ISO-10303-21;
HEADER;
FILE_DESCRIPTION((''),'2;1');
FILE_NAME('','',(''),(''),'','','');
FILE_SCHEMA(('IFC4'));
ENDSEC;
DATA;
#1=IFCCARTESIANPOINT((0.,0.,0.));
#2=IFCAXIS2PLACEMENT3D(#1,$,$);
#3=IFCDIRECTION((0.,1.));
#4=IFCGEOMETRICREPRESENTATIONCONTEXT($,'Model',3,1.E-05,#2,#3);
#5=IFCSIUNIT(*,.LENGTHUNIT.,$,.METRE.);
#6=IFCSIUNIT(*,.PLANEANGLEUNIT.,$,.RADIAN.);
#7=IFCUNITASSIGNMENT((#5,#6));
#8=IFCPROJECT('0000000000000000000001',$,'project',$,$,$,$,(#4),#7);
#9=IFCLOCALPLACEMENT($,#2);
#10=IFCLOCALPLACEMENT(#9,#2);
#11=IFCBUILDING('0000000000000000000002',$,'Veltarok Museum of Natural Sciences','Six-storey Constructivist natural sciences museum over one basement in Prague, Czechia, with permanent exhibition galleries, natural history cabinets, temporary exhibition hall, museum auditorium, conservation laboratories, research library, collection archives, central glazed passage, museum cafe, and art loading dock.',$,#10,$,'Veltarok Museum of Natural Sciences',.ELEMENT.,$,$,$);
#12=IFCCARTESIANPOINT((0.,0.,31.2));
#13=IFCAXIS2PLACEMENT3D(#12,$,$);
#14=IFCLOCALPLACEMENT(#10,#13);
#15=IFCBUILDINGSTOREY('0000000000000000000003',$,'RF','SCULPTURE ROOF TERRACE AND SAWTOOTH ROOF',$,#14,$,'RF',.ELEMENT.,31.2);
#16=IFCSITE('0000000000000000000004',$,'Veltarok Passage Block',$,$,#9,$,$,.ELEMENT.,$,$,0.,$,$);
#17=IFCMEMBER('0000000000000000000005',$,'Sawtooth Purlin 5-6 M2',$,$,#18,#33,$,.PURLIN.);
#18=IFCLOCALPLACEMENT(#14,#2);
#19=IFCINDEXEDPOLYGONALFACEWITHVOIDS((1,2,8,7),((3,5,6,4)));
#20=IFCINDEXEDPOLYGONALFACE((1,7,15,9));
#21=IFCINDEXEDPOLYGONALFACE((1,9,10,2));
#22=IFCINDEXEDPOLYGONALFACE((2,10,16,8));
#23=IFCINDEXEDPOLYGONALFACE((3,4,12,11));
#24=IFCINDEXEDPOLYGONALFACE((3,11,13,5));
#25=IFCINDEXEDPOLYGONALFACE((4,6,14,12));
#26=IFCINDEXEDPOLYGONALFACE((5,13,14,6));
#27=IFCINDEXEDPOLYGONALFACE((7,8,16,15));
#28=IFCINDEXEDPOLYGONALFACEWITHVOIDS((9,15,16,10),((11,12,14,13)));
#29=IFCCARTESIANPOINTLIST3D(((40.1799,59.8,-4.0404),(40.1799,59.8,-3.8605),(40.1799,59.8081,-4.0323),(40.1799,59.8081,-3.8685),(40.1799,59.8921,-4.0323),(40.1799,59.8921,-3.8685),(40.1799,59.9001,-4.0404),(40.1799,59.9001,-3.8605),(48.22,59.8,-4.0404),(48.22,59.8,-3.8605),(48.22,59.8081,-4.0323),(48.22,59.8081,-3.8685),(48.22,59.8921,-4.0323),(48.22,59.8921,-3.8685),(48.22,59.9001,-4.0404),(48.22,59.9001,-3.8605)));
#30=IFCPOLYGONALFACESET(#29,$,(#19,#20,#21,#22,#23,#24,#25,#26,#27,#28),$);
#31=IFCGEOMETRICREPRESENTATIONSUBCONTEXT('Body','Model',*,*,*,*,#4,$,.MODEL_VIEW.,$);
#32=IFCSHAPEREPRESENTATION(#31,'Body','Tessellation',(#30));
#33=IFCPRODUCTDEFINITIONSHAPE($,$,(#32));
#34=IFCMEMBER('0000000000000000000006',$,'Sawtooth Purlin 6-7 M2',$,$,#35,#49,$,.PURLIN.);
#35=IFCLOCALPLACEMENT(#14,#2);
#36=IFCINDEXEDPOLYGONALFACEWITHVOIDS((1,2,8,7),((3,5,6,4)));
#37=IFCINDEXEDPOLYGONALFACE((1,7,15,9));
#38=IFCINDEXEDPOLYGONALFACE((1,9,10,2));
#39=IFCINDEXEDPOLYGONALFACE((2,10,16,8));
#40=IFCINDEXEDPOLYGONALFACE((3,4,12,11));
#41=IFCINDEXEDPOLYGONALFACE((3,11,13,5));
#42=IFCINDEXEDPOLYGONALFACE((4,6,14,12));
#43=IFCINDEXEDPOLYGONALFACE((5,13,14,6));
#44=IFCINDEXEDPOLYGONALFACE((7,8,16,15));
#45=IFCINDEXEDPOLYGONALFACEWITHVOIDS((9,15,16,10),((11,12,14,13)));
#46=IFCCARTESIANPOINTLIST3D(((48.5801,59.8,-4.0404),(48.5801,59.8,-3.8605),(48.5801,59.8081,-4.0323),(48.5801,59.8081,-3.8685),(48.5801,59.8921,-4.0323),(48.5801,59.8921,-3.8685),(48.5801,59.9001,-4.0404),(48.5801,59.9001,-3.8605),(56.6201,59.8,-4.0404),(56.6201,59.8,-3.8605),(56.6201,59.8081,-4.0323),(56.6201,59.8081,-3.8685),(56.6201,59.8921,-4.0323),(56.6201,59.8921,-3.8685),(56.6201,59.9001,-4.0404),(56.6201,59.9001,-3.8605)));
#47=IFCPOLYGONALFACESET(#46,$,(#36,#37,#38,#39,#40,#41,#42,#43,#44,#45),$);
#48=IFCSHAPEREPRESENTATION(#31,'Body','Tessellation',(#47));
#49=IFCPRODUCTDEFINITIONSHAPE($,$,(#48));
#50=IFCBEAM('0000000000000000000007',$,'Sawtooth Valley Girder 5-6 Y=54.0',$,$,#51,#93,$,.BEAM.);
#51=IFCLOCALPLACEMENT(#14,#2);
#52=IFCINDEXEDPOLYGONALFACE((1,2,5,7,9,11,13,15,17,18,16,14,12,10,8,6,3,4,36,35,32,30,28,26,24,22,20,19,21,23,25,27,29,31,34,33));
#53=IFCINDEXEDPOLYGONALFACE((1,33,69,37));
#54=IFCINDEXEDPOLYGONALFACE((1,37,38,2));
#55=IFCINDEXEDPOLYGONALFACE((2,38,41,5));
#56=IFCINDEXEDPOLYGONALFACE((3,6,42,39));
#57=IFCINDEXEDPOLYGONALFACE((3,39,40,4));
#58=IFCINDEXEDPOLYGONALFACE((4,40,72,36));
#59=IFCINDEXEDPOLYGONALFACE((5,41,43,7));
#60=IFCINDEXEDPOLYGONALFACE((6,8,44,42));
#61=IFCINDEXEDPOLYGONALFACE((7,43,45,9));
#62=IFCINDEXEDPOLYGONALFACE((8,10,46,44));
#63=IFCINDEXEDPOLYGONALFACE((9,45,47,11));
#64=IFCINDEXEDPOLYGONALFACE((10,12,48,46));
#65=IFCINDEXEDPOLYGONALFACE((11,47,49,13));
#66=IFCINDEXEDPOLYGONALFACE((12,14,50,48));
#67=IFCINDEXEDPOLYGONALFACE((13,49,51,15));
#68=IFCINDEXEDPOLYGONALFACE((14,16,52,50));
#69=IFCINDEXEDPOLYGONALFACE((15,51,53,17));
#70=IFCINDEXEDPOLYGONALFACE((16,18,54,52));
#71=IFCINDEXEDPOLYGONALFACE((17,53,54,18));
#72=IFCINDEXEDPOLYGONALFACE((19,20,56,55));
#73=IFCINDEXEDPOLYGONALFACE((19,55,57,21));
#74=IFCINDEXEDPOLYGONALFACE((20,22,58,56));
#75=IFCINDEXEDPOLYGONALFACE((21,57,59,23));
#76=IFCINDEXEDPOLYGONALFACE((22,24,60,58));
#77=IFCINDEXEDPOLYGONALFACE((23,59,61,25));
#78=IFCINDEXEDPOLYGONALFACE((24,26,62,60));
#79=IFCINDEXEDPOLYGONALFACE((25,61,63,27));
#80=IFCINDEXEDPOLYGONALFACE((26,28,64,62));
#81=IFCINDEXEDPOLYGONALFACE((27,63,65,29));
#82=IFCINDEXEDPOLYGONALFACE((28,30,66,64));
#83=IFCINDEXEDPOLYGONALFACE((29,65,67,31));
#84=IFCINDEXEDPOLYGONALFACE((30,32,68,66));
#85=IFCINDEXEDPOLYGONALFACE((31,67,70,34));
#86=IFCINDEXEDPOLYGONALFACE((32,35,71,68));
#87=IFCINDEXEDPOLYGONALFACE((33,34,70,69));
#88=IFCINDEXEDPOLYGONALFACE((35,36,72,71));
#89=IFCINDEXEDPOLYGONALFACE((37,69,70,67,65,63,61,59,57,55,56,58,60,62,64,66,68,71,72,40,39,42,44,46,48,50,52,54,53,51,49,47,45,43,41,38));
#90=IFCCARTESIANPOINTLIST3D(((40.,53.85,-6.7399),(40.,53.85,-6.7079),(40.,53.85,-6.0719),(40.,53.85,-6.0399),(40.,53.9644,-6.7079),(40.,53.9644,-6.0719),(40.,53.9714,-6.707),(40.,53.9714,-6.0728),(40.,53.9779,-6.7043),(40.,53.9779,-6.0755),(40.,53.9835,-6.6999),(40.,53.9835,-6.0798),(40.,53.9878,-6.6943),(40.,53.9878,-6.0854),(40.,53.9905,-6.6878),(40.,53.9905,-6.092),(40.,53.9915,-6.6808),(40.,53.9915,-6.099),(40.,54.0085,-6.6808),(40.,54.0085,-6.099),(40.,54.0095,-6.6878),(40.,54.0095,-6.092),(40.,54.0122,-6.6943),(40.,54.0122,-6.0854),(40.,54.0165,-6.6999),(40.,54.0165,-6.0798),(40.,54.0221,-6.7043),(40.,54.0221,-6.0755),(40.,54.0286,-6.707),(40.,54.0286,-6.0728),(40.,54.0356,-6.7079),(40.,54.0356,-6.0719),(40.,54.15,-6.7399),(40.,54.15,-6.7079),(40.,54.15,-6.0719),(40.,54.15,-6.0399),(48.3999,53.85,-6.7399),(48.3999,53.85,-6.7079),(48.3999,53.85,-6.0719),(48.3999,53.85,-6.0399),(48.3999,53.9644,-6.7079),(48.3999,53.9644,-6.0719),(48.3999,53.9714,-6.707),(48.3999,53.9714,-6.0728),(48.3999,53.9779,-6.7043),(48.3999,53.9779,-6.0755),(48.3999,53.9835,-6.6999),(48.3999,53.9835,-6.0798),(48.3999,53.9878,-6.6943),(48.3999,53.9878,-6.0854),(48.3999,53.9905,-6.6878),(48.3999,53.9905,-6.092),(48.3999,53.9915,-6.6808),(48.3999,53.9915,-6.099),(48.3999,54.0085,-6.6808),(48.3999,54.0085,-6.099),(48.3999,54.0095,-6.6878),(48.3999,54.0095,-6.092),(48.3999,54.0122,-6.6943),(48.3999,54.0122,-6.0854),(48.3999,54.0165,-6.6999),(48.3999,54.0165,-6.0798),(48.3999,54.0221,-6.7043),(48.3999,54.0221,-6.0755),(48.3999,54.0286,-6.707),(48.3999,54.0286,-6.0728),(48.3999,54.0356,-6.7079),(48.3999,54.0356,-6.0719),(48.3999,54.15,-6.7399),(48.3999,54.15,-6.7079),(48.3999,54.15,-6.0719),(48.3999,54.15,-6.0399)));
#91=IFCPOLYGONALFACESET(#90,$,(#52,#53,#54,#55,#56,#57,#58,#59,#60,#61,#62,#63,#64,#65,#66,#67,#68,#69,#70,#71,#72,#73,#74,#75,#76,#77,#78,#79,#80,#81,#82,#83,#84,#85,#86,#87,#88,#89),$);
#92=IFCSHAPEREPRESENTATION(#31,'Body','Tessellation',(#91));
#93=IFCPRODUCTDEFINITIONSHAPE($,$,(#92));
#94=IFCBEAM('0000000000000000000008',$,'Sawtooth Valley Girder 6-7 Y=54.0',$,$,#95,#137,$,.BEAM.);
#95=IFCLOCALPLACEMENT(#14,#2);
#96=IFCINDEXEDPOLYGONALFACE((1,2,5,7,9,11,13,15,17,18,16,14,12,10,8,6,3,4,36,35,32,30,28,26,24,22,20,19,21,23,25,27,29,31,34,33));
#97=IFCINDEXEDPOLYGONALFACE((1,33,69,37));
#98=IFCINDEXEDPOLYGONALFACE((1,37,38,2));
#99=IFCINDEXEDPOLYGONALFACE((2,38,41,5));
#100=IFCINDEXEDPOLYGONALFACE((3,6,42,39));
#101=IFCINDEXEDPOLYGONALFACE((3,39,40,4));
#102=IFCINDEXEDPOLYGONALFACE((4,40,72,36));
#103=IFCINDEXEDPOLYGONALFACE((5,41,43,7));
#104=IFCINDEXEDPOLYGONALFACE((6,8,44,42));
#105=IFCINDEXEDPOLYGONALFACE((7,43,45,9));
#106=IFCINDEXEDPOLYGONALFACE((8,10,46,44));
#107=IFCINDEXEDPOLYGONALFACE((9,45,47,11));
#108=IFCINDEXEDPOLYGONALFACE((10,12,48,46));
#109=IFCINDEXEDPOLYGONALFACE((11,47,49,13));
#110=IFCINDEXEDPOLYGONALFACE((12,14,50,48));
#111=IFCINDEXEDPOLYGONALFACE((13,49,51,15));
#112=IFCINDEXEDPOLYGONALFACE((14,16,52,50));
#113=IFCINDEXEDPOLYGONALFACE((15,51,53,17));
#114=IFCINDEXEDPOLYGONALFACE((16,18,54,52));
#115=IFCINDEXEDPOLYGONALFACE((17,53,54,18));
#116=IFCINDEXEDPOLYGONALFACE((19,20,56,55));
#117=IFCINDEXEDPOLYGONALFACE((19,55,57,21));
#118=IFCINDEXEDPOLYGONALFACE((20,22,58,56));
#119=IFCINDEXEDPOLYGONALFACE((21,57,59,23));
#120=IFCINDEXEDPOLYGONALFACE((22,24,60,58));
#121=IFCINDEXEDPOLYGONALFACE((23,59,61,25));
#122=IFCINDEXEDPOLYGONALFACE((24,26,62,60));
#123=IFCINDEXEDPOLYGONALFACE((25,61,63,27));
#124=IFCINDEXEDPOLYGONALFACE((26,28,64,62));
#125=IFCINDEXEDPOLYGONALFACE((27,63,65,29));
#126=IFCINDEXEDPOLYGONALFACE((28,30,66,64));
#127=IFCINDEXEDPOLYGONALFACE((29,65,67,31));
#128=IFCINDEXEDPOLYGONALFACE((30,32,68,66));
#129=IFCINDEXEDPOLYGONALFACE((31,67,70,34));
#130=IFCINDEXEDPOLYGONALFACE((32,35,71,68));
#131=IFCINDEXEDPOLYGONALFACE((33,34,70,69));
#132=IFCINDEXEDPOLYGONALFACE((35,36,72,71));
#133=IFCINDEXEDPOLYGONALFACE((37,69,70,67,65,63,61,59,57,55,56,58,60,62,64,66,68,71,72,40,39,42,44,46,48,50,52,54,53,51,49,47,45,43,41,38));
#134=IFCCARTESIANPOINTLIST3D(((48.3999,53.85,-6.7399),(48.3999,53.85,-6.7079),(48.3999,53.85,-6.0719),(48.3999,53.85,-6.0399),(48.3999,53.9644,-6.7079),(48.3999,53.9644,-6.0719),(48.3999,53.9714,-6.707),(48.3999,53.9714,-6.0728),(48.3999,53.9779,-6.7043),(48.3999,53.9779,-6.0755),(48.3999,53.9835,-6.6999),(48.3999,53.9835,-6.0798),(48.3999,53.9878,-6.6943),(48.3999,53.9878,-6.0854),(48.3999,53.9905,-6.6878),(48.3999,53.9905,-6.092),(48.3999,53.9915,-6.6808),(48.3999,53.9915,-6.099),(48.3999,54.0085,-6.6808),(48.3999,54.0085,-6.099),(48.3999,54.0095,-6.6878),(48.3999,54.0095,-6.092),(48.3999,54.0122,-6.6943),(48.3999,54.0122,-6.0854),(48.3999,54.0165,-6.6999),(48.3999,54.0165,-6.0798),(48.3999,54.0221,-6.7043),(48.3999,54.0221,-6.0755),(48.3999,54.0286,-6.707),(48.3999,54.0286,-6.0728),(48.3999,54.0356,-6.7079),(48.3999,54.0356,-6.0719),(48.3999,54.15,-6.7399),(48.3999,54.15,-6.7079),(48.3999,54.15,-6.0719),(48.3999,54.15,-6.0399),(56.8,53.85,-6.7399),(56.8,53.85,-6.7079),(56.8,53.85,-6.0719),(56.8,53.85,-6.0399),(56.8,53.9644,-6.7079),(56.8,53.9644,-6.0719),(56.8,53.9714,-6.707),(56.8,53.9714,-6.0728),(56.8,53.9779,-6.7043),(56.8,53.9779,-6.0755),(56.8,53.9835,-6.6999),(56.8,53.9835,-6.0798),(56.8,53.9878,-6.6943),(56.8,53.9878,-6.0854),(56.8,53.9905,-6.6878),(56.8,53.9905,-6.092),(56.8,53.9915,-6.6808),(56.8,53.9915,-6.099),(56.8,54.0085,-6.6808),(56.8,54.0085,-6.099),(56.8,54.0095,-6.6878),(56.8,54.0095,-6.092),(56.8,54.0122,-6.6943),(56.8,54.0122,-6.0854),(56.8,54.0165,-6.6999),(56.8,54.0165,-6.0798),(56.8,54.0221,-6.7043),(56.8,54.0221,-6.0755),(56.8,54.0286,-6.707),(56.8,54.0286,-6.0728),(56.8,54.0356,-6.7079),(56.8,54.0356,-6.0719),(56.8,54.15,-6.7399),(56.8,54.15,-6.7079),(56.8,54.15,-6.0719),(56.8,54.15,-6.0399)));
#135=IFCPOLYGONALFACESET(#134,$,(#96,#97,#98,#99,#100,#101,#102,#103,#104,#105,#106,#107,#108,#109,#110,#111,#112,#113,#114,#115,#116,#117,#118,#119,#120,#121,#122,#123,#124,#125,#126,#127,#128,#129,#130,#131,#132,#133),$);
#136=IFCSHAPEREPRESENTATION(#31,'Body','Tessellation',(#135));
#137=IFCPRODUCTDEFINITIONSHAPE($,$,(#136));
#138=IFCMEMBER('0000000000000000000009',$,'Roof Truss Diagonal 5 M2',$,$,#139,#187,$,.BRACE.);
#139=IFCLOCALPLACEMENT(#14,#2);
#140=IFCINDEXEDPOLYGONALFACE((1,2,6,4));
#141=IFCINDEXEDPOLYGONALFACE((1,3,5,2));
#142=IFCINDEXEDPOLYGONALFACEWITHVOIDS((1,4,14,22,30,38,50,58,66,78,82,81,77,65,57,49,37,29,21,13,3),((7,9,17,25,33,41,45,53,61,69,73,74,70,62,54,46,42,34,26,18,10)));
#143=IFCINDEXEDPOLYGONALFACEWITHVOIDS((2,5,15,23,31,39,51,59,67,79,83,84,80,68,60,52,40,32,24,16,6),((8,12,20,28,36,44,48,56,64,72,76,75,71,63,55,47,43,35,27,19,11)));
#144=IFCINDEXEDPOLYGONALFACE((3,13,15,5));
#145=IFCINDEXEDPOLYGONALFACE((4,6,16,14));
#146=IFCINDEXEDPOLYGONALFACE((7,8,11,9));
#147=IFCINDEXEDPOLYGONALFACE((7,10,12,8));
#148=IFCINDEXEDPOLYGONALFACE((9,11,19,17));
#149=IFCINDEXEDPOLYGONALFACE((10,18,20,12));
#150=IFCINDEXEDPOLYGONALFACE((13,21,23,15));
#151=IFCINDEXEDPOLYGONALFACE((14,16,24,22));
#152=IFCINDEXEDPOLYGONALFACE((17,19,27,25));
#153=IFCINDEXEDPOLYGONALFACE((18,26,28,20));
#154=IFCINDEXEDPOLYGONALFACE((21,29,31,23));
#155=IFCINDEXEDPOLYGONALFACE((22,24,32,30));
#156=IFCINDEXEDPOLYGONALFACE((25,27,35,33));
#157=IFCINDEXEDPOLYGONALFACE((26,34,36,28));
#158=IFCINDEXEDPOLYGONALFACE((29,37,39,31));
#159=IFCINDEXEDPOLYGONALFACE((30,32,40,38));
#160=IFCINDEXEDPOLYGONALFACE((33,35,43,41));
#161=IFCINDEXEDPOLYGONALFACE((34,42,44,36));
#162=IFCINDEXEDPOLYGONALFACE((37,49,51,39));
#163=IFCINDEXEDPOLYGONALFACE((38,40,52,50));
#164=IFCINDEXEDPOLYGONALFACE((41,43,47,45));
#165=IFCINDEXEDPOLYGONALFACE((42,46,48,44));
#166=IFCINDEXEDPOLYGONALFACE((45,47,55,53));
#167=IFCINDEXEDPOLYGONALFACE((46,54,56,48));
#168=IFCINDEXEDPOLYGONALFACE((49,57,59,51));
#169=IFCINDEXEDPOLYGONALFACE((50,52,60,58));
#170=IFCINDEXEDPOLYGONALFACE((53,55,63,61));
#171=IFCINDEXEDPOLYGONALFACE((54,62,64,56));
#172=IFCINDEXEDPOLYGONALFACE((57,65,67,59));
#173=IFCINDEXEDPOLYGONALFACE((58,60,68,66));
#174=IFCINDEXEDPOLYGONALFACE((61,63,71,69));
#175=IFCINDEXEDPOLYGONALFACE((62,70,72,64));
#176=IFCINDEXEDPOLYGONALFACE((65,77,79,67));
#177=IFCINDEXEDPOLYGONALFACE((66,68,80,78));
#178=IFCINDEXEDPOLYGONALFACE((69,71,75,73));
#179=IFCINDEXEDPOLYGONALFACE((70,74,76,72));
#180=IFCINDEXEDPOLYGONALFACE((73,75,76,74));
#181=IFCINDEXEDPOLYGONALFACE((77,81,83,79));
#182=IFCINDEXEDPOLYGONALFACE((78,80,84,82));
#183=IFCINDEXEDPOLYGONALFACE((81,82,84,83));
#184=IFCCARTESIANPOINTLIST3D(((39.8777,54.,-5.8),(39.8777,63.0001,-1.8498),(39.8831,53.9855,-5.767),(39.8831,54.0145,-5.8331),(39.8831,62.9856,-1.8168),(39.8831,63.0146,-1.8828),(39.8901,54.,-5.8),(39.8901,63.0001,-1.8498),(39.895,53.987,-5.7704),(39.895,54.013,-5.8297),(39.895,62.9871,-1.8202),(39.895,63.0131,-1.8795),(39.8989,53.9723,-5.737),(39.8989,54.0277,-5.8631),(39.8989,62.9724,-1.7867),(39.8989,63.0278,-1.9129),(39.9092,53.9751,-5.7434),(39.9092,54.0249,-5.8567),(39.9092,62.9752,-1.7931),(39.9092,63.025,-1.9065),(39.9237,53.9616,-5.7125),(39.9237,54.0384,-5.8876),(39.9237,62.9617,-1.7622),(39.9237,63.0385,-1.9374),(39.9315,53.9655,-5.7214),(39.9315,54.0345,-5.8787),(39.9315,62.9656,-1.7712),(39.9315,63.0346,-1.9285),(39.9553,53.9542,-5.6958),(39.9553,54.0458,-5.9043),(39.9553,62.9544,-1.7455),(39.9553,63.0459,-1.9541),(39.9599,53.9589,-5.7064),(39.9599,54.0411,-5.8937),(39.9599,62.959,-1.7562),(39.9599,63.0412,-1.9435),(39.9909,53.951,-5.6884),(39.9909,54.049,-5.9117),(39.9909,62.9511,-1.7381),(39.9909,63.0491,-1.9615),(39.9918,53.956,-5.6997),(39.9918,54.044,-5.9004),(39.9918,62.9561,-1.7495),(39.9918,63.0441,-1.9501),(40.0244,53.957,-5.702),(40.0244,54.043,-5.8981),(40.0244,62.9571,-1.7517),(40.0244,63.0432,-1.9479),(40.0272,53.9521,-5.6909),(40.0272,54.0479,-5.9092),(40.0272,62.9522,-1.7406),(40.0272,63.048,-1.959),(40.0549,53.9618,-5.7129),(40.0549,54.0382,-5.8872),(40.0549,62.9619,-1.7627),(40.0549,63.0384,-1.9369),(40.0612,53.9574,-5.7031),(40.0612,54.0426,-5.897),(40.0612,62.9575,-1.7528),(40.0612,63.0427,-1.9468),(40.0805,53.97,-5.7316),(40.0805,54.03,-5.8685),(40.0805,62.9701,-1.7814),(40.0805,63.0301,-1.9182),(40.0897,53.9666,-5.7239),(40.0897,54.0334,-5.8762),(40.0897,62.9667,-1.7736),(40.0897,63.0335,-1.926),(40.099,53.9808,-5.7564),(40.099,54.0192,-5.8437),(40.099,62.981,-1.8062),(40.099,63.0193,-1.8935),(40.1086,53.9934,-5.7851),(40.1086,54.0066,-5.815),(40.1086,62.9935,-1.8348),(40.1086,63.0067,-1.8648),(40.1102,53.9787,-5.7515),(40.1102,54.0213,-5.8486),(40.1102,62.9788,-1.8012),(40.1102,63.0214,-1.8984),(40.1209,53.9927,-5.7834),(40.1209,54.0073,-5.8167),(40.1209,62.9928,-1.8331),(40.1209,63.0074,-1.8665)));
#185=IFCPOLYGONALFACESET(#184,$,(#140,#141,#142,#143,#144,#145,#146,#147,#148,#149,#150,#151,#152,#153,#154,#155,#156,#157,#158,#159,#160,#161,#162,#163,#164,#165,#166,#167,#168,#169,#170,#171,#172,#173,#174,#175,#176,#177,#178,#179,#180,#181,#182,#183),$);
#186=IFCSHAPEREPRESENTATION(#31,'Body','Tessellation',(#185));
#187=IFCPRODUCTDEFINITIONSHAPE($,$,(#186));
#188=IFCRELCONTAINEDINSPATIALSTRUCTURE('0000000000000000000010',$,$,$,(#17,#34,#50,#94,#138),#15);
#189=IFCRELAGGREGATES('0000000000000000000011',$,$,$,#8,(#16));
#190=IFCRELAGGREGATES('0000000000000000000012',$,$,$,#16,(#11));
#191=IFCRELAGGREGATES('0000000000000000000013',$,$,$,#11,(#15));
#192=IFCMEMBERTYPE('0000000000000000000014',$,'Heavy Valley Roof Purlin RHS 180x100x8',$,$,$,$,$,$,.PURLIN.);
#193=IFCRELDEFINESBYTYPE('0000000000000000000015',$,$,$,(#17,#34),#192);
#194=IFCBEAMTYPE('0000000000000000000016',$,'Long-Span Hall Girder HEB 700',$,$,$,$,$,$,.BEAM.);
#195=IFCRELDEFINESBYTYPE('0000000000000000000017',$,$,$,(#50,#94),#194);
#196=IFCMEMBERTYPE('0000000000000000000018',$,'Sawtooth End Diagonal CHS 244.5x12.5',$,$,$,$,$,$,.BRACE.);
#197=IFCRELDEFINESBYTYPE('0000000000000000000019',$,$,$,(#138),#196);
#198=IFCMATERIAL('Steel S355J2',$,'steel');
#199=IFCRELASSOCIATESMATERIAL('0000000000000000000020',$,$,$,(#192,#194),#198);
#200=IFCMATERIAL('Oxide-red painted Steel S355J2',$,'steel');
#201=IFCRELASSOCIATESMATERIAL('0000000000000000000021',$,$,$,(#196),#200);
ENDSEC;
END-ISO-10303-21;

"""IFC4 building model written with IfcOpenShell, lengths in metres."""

from ifc_helpers import new_model, si_unit, direction, frame, origin, origin_2d, place, context, subcontext, project, spatial, hollow_rectangle, hollow_circle, i_section, extrude, material, material_profile, profile_set, type_object, element, save


model = new_model("IFC4")

# Units and contexts
model_context = context("Model", 3, precision=1e-05, world=origin(), true_north=direction((0.0, 1.0)))
body_context = subcontext(model_context, "Body", "Model", "MODEL_VIEW")
ifc_project = project(units=[si_unit("LENGTHUNIT", "METRE"), si_unit("PLANEANGLEUNIT", "RADIAN")], contexts=[model_context])

# Site, building, storey
site_placement = place(None, origin())
site = spatial("IfcSite", under=ifc_project, at=site_placement, Name="Veltarok Passage Block", CompositionType="ELEMENT", RefElevation=0.0)
building_placement = place(site_placement, origin())
building = spatial("IfcBuilding", under=site, at=building_placement, Name="Veltarok Museum of Natural Sciences", Description="Six-storey Constructivist natural sciences museum over one basement in Prague, Czechia, with permanent exhibition galleries, natural history cabinets, temporary exhibition hall, museum auditorium, conservation laboratories, research library, collection archives, central glazed passage, museum cafe, and art loading dock.", LongName="Veltarok Museum of Natural Sciences", CompositionType="ELEMENT")
storey_placement = place(building_placement, frame((0.0, 0.0, 31.2)))
storey = spatial("IfcBuildingStorey", under=building, at=storey_placement, Name="RF", Description="SCULPTURE ROOF TERRACE AND SAWTOOTH ROOF", LongName="RF", CompositionType="ELEMENT", Elevation=31.2)

# Members
ifc_material_1 = material(Name="Steel S355J2", Category="steel")
ifc_material_profile_1 = material_profile(ifc_material_1, hollow_rectangle(XDim=0.1001, YDim=0.1799, WallThickness=0.0081, at=origin_2d()), Name="RHS 180x100x8")
ifc_profile_set_1 = profile_set([ifc_material_profile_1], Name="Steel S355J2")
member_type_1 = type_object("IfcMemberType", Name="Heavy Valley Roof Purlin RHS 180x100x8", PredefinedType="PURLIN", material=ifc_profile_set_1)
for number, where, z_axis, x_axis, name in (
    (1, (40.1799, 59.8501, -3.9504), (1.0, 0.0, 0.0), (0.0, 1.0, 0.0), "Sawtooth Purlin 5-6 M2"),
    (2, (48.5801, 59.8501, -3.9504), (1.0, 0.0, 0.0), (0.0, 1.0, 0.0), "Sawtooth Purlin 6-7 M2"),
):
    element("IfcMember", number, at=place(storey_placement, frame(where, z_axis=z_axis, x_axis=x_axis)), inside=storey, type_object=member_type_1, Name=name, PredefinedType="PURLIN", context=body_context, shape_type="SweptSolid", body=[
        extrude(hollow_rectangle(XDim=0.1001, YDim=0.1799, WallThickness=0.0081, at=origin_2d()), origin(), (0.0, 0.0, 1.0), 8.04),
    ])

# Beams
ifc_material_profile_2 = material_profile(ifc_material_1, i_section(OverallWidth=0.3, OverallDepth=0.7, WebThickness=0.0171, FlangeThickness=0.032, FilletRadius=0.0271, at=origin_2d()), Name="HEB 700")
ifc_profile_set_2 = profile_set([ifc_material_profile_2], Name="Steel S355J2")
beam_type = type_object("IfcBeamType", Name="Long-Span Hall Girder HEB 700", PredefinedType="BEAM", material=ifc_profile_set_2)
beam_1_placement = place(storey_placement, frame((40.0, 54.0, -6.3899), z_axis=(1.0, 0.0, 0.0), x_axis=(0.0, 1.0, 0.0)))
element("IfcBeam", 3, at=beam_1_placement, inside=storey, type_object=beam_type, Name="Sawtooth Valley Girder 5-6 Y=54.0", PredefinedType="BEAM", context=body_context, shape_type="SweptSolid", body=[
    extrude(i_section(OverallWidth=0.3, OverallDepth=0.7, WebThickness=0.0171, FlangeThickness=0.032, FilletRadius=0.0271, at=origin_2d()), origin(), (0.0, 0.0, 1.0), 8.3999),
])
beam_2_placement = place(storey_placement, frame((48.3999, 54.0, -6.3899), z_axis=(1.0, 0.0, 0.0), x_axis=(0.0, 1.0, 0.0)))
element("IfcBeam", 4, at=beam_2_placement, inside=storey, type_object=beam_type, Name="Sawtooth Valley Girder 6-7 Y=54.0", PredefinedType="BEAM", context=body_context, shape_type="SweptSolid", body=[
    extrude(i_section(OverallWidth=0.3, OverallDepth=0.7, WebThickness=0.0171, FlangeThickness=0.032, FilletRadius=0.0271, at=origin_2d()), origin(), (0.0, 0.0, 1.0), 8.4001),
])

# Member
ifc_material_2 = material(Name="Oxide-red painted Steel S355J2", Category="steel")
ifc_material_profile_3 = material_profile(ifc_material_2, hollow_circle(Radius=0.1223, WallThickness=0.0125, at=origin_2d()), Name="CHS 244.5x12.5")
ifc_profile_set_3 = profile_set([ifc_material_profile_3], Name="Oxide-red painted Steel S355J2")
member_type_2 = type_object("IfcMemberType", Name="Sawtooth End Diagonal CHS 244.5x12.5", PredefinedType="BRACE", material=ifc_profile_set_3)
member_1_placement = place(storey_placement, frame((40.0, 54.0, -5.8), z_axis=(0.0, 0.915682, 0.401903), x_axis=(-1.0, 0.0, 0.0)))
element("IfcMember", 5, at=member_1_placement, inside=storey, type_object=member_type_2, Name="Roof Truss Diagonal 5 M2", PredefinedType="BRACE", context=body_context, shape_type="SweptSolid", body=[
    extrude(hollow_circle(Radius=0.1223, WallThickness=0.0125, at=origin_2d()), origin(), (0.0, 0.0, 1.0), 9.8289),
])

save(model, "model.ifc")
